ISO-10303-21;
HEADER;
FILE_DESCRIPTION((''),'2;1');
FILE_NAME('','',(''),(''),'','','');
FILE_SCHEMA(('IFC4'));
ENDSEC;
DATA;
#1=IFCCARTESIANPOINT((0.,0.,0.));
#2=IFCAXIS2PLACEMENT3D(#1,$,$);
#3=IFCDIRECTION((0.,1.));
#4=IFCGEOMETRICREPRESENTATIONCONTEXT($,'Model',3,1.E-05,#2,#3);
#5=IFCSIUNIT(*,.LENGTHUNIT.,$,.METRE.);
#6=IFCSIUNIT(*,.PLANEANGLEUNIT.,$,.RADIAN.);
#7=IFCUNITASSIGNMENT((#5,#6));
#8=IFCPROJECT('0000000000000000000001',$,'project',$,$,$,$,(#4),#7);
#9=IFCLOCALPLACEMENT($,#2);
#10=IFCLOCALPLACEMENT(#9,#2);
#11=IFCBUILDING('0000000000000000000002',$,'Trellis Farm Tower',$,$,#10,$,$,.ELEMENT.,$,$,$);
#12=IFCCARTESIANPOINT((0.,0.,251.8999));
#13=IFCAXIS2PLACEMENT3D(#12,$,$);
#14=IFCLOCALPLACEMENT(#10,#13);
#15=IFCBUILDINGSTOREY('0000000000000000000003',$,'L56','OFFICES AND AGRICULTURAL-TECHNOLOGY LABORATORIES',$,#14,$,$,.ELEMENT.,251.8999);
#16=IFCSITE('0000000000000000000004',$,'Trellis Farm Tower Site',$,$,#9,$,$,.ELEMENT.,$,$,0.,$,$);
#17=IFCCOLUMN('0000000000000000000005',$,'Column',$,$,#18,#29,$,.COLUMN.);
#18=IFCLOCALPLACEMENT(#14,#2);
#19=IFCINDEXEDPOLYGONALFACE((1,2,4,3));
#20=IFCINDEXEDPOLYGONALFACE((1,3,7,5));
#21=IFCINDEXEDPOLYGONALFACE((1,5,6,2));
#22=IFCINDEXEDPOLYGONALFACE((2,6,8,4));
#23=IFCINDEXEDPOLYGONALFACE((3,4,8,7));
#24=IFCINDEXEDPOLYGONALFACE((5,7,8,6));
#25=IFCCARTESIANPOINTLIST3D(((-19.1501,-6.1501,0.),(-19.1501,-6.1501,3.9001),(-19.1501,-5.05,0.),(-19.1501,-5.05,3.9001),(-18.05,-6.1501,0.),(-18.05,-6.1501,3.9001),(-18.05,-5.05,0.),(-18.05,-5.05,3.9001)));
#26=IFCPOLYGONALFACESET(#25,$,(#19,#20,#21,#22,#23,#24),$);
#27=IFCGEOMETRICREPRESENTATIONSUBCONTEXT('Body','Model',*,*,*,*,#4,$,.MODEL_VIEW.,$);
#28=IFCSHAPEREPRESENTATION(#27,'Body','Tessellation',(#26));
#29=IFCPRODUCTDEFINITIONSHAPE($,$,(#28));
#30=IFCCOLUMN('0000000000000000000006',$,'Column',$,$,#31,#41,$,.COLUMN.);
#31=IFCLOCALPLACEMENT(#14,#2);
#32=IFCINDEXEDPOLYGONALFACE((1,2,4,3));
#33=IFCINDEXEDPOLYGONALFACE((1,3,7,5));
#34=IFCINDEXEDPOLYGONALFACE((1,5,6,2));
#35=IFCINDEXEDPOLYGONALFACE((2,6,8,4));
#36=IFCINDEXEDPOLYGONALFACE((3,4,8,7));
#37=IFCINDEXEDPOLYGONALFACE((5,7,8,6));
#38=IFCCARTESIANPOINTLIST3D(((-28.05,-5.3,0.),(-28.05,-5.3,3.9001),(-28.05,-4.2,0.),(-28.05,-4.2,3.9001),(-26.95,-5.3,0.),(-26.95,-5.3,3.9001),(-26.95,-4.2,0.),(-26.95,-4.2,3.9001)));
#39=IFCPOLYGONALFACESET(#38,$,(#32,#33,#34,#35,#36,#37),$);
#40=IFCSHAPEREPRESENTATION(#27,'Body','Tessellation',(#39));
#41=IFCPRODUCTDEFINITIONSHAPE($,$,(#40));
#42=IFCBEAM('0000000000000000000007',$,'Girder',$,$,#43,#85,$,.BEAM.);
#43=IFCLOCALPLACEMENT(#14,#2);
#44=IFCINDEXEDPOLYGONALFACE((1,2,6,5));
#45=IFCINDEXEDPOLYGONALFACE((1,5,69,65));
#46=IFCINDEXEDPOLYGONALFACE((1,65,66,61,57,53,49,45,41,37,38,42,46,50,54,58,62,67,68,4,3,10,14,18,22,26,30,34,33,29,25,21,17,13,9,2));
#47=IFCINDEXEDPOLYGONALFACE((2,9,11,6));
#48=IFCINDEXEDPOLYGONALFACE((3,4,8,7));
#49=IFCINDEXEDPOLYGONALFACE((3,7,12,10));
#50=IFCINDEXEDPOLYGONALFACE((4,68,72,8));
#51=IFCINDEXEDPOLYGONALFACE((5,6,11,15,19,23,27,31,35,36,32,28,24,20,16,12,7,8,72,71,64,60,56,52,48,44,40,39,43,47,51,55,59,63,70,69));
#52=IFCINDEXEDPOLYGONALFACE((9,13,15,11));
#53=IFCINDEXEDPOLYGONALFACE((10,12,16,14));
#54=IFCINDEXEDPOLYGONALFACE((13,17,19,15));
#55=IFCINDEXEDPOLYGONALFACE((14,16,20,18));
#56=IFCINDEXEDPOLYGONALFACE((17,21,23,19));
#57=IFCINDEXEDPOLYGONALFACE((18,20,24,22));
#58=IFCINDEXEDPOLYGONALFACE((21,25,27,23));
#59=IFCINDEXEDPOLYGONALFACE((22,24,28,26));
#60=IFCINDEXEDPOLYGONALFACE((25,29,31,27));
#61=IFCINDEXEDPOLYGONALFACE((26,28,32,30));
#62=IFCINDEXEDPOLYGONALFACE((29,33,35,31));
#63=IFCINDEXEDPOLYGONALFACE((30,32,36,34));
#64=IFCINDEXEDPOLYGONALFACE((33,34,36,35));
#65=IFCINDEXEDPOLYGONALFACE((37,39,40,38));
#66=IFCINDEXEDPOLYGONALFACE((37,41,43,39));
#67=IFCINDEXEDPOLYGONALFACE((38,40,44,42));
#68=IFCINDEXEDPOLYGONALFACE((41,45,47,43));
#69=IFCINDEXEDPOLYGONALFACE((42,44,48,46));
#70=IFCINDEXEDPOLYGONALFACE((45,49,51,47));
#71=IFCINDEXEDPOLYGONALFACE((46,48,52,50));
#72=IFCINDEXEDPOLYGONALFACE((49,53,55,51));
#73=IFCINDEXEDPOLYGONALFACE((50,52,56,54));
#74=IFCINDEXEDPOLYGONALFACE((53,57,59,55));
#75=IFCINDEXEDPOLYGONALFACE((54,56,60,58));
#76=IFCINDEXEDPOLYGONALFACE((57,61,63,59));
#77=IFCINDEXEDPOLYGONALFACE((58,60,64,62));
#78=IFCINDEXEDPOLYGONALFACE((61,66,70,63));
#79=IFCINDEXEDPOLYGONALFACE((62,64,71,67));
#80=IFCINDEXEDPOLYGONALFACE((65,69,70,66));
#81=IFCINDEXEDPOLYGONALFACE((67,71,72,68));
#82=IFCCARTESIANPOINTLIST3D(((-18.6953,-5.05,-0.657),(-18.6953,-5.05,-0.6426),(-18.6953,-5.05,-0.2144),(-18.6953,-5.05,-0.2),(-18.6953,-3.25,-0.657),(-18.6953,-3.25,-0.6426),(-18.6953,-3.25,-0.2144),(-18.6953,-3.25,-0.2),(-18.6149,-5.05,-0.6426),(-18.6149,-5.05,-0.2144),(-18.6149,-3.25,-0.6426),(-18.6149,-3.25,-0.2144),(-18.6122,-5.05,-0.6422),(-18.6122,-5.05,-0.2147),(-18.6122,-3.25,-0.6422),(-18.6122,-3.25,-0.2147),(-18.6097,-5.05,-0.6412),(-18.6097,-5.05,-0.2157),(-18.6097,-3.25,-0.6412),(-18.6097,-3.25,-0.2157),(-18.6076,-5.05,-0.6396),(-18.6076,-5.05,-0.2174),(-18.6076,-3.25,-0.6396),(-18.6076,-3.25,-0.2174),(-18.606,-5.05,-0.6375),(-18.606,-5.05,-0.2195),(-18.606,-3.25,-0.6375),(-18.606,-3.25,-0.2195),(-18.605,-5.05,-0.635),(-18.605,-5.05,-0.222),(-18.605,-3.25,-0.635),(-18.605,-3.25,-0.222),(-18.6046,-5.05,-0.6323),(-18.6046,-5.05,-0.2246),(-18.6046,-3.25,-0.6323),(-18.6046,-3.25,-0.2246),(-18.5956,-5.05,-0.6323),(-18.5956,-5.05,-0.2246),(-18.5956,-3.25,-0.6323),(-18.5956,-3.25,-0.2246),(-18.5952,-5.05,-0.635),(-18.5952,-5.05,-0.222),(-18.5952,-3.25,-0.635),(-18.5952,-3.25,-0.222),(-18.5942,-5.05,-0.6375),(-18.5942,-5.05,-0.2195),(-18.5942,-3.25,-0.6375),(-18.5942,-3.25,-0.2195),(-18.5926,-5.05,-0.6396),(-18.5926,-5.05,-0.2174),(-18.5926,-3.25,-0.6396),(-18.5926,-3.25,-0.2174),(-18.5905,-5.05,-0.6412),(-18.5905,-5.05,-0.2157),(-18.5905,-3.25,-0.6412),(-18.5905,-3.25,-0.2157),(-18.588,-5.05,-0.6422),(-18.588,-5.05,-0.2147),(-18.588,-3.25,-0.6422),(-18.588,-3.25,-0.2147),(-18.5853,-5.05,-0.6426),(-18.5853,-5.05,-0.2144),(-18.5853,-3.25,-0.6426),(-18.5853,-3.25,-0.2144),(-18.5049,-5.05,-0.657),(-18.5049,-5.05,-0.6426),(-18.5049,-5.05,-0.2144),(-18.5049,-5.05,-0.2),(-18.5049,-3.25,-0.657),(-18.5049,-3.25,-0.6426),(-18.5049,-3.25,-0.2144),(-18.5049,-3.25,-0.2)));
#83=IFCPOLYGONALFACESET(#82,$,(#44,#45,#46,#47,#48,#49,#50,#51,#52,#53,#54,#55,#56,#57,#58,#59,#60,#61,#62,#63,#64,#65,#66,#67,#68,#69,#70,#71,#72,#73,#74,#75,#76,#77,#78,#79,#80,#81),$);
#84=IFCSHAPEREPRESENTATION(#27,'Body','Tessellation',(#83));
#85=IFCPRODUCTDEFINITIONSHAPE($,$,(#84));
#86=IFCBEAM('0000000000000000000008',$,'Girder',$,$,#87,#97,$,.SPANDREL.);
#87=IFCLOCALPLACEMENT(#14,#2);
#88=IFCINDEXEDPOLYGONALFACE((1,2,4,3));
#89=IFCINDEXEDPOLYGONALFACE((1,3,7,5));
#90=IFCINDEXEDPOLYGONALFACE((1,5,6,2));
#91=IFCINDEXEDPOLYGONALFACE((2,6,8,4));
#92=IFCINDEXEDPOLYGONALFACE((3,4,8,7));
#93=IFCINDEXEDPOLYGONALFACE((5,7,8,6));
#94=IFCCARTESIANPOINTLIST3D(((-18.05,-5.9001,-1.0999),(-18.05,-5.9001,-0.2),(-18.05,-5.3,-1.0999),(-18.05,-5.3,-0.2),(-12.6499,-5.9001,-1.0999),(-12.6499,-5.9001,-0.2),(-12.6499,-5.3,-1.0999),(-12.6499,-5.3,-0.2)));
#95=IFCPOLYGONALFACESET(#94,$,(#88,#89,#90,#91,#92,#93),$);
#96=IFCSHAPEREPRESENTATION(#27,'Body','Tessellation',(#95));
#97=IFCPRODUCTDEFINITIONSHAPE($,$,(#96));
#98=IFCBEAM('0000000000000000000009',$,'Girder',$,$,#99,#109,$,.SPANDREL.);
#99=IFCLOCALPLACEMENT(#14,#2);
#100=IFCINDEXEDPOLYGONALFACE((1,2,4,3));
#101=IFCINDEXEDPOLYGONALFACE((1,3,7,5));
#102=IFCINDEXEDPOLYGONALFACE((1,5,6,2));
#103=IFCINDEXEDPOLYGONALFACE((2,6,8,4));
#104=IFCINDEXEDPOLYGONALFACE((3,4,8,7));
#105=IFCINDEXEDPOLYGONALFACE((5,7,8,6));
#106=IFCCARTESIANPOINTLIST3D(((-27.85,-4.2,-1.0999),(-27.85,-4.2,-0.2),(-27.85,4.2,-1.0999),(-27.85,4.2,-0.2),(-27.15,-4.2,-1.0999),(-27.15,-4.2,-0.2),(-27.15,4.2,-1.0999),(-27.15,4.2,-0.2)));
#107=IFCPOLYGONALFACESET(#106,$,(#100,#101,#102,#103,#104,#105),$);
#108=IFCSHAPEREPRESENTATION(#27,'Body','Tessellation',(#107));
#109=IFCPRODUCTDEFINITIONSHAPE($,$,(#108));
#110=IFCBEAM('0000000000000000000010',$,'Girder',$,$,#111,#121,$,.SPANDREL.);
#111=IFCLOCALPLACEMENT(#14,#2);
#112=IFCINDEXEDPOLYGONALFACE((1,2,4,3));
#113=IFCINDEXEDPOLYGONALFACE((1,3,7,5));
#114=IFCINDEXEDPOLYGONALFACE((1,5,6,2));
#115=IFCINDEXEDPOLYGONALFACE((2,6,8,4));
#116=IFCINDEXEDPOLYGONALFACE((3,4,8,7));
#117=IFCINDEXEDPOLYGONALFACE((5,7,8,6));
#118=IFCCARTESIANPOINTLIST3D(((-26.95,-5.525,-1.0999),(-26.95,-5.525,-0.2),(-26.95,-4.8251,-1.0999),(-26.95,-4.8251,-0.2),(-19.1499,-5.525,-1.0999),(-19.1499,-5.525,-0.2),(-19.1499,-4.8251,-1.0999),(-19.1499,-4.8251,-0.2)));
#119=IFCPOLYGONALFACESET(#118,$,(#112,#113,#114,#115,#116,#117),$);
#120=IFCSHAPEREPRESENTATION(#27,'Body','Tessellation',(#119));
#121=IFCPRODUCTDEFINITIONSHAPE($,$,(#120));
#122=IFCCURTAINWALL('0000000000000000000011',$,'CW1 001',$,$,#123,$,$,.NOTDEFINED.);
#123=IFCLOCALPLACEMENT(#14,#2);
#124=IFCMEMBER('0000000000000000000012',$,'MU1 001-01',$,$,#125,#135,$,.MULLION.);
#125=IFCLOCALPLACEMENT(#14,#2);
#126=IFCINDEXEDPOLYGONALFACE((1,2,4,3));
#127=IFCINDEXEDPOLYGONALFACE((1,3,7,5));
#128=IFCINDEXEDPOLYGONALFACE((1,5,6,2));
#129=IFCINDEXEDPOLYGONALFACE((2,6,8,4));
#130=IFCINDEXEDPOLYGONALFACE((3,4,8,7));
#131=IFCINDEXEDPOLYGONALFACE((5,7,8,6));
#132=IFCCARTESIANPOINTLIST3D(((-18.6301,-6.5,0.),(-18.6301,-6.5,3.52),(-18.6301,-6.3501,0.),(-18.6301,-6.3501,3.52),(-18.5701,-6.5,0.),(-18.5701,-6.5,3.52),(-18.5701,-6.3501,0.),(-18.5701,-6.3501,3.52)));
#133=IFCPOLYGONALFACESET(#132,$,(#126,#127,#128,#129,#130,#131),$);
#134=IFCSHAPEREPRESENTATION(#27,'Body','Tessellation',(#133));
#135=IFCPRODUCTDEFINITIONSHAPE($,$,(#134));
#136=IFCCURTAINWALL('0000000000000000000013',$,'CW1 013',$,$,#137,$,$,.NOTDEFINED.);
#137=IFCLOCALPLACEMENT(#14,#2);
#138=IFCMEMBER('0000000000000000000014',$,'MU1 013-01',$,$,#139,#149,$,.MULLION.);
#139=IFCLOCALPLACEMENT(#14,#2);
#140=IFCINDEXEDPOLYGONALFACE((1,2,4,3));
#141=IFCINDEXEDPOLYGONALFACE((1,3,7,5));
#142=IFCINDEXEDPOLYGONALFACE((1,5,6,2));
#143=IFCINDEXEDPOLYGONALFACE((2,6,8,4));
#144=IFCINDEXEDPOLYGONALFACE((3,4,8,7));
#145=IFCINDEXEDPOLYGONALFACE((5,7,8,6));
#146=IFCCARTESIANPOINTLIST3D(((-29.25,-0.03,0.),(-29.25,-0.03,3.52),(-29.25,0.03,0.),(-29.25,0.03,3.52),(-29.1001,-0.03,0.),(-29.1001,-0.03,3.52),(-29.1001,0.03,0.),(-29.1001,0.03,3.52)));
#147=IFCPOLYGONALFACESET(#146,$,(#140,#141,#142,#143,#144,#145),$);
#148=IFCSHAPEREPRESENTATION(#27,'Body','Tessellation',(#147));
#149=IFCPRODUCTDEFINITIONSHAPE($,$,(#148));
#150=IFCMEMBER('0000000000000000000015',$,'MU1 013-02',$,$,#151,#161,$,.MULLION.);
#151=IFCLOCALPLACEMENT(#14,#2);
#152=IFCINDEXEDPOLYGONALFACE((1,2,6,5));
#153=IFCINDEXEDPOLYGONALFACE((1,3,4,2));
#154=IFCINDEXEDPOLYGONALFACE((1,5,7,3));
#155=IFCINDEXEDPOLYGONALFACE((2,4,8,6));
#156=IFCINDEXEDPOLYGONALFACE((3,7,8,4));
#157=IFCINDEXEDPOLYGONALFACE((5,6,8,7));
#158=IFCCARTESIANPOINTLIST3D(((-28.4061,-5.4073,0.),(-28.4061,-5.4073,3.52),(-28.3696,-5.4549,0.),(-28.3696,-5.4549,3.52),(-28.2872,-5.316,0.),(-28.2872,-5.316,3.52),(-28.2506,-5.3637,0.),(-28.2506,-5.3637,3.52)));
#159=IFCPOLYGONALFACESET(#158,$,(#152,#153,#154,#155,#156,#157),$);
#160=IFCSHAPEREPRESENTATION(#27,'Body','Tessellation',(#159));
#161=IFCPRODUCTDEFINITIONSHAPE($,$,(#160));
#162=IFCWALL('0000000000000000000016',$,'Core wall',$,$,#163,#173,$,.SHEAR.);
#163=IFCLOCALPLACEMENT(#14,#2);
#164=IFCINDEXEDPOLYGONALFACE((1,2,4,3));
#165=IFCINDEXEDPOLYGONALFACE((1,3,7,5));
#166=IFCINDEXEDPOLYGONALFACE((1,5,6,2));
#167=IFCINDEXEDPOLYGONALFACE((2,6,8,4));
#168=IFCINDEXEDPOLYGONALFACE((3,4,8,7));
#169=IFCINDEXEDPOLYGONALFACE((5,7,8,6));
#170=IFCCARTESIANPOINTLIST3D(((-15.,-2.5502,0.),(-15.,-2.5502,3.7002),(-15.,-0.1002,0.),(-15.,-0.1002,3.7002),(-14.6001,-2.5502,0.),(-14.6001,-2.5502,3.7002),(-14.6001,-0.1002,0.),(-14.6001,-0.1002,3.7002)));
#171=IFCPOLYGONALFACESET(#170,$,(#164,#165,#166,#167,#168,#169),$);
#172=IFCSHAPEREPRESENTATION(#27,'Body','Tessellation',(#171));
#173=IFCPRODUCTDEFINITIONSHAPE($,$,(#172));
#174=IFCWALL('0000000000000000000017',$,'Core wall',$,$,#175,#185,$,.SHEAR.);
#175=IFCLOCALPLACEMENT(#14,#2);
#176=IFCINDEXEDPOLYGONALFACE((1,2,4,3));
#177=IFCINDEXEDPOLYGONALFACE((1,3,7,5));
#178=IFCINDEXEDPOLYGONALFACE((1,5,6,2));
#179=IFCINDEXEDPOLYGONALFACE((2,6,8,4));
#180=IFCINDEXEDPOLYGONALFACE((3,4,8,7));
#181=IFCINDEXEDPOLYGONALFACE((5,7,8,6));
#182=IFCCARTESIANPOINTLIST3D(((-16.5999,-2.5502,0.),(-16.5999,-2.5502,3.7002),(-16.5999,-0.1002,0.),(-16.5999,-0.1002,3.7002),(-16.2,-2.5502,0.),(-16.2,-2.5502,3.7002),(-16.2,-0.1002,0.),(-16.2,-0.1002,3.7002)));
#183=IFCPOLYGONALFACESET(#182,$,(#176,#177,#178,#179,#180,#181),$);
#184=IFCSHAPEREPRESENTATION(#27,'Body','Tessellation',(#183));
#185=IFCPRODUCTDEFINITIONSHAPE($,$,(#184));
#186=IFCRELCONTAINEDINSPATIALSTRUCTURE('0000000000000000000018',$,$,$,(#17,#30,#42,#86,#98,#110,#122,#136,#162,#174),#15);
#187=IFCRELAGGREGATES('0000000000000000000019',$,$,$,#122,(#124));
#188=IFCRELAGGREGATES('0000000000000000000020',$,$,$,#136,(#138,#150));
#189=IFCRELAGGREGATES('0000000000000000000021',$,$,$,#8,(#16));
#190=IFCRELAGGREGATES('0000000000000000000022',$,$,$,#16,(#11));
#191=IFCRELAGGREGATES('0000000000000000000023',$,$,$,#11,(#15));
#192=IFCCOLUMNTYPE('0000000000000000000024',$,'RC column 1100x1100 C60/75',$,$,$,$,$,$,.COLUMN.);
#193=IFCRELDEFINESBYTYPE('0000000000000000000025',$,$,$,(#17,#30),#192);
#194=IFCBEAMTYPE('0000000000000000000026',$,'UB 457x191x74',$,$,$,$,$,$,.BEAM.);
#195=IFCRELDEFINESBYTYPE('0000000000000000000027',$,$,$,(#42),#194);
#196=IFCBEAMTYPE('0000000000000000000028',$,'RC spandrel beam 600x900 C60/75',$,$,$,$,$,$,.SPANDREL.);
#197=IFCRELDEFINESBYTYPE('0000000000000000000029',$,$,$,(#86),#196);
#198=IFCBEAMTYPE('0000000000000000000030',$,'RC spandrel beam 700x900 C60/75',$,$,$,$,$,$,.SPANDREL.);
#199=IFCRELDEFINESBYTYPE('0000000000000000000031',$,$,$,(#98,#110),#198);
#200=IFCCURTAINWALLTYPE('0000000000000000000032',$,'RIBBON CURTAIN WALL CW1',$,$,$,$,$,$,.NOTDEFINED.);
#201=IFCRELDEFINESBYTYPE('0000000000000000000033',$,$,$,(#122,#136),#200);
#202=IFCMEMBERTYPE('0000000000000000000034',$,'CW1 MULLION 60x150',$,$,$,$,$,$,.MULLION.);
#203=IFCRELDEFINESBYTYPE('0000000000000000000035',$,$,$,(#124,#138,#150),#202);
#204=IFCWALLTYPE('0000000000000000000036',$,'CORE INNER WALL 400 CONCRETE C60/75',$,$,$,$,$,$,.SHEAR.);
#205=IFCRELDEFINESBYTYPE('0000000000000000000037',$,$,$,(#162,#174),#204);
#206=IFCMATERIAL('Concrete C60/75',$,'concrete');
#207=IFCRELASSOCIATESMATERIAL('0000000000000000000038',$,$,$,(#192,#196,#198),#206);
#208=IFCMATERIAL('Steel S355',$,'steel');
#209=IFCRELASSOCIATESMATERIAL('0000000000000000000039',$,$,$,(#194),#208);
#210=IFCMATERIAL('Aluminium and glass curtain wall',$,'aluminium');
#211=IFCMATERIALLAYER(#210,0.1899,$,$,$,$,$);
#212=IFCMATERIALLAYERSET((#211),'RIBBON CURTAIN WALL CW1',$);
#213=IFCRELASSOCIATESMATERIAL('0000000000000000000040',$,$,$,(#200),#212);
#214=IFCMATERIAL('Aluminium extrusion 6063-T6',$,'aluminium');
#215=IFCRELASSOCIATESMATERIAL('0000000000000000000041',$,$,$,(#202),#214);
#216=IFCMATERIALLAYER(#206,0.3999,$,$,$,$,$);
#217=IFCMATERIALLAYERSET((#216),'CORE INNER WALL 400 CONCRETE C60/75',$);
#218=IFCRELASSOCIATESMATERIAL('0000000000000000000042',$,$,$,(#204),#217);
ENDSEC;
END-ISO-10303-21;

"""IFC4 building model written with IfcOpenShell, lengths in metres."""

from ifc_helpers import new_model, si_unit, direction, frame, frame_2d, origin, origin_2d, place, context, subcontext, project, spatial, rectangle, i_section, extrude, source, transform, mapped, material, layer, layer_set, material_profile, profile_set, type_object, element, aggregate, save


model = new_model("IFC4")

# Units and contexts
model_context = context("Model", 3, precision=1e-05, world=origin(), true_north=direction((0.0, 1.0)))
body_context = subcontext(model_context, "Body", "Model", "MODEL_VIEW")
ifc_project = project(units=[si_unit("LENGTHUNIT", "METRE"), si_unit("PLANEANGLEUNIT", "RADIAN")], contexts=[model_context])

# Site, building, storey
site_placement = place(None, origin())
site = spatial("IfcSite", under=ifc_project, at=site_placement, Name="Trellis Farm Tower Site", CompositionType="ELEMENT", RefElevation=0.0)
building_placement = place(site_placement, origin())
building = spatial("IfcBuilding", under=site, at=building_placement, Name="Trellis Farm Tower", CompositionType="ELEMENT")
storey_placement = place(building_placement, frame((0.0, 0.0, 251.8999)))
storey = spatial("IfcBuildingStorey", under=building, at=storey_placement, Name="L56", Description="OFFICES AND AGRICULTURAL-TECHNOLOGY LABORATORIES", CompositionType="ELEMENT", Elevation=251.8999)

# Columns
ifc_material_1 = material(Name="Concrete C60/75", Category="concrete")
ifc_material_profile_1 = material_profile(ifc_material_1, rectangle(XDim=1.1001, YDim=1.1001, at=origin_2d()), Name="RC column 1100x1100 C60/75")
ifc_profile_set_1 = profile_set([ifc_material_profile_1], Name="Concrete C60/75")
column_type = type_object("IfcColumnType", Name="RC column 1100x1100 C60/75", PredefinedType="COLUMN", material=ifc_profile_set_1)
shared_shape_1 = source(origin(), body_context, "Body", "SweptSolid", [
    extrude(rectangle(XDim=1.1001, YDim=1.1001, at=origin_2d()), origin(), (0.0, 0.0, 1.0), 3.9001),
])
for number, where, z_axis, x_axis, name in (
    (1, (-18.6001, -5.6001, 0.0), (0.0, 0.0, 1.0), (1.0, 0.0, 0.0), "Column"),
    (2, (-27.5, -4.75, 0.0), (0.0, 0.0, 1.0), (1.0, 0.0, 0.0), "Column"),
):
    element("IfcColumn", number, at=place(storey_placement, frame(where, z_axis=z_axis, x_axis=x_axis)), inside=storey, type_object=column_type, Name=name, PredefinedType="COLUMN", context=body_context, shape_type="MappedRepresentation", body=[
        mapped(shared_shape_1, transform((0.0, 0.0, 0.0))),
    ])

# Beams
ifc_material_2 = material(Name="Steel S355", Category="steel")
ifc_material_profile_2 = material_profile(ifc_material_2, i_section(OverallWidth=0.1904, OverallDepth=0.457, WebThickness=0.009, FlangeThickness=0.0144, FilletRadius=0.0103, at=origin_2d()), Name="UB 457x191x74")
ifc_profile_set_2 = profile_set([ifc_material_profile_2], Name="Steel S355")
beam_type_1 = type_object("IfcBeamType", Name="UB 457x191x74", PredefinedType="BEAM", material=ifc_profile_set_2)
shared_shape_2 = source(origin(), body_context, "Body", "SweptSolid", [
    extrude(i_section(OverallWidth=0.1904, OverallDepth=0.457, WebThickness=0.009, FlangeThickness=0.0144, FilletRadius=0.0103, at=origin_2d()), origin(), (0.0, 0.0, 1.0), 1.8),
])
beam_1_placement = place(storey_placement, frame((-18.6001, -5.05, -0.4285), z_axis=(0.0, 1.0, 0.0), x_axis=(-1.0, 0.0, 0.0)))
element("IfcBeam", 3, at=beam_1_placement, inside=storey, type_object=beam_type_1, Name="Girder", PredefinedType="BEAM", context=body_context, shape_type="MappedRepresentation", body=[
    mapped(shared_shape_2, transform((0.0, 0.0, 0.0))),
])
ifc_material_profile_3 = material_profile(ifc_material_1, rectangle(XDim=0.6001, YDim=0.8999, at=origin_2d()), Name="RC spandrel beam 600x900 C60/75")
ifc_profile_set_3 = profile_set([ifc_material_profile_3], Name="Concrete C60/75")
beam_type_2 = type_object("IfcBeamType", Name="RC spandrel beam 600x900 C60/75", PredefinedType="SPANDREL", material=ifc_profile_set_3)
shared_shape_3 = source(origin(), body_context, "Body", "SweptSolid", [
    extrude(rectangle(XDim=0.6001, YDim=0.8999, at=origin_2d()), origin(), (0.0, 0.0, 1.0), 5.4001),
])
beam_2_placement = place(storey_placement, frame((-18.05, -5.6001, -0.6499), z_axis=(1.0, 0.0, 0.0), x_axis=(0.0, 1.0, 0.0)))
element("IfcBeam", 4, at=beam_2_placement, inside=storey, type_object=beam_type_2, Name="Girder", PredefinedType="SPANDREL", context=body_context, shape_type="MappedRepresentation", body=[
    mapped(shared_shape_3, transform((0.0, 0.0, 0.0))),
])
ifc_material_profile_4 = material_profile(ifc_material_1, rectangle(XDim=0.7, YDim=0.8999, at=origin_2d()), Name="RC spandrel beam 700x900 C60/75")
ifc_profile_set_4 = profile_set([ifc_material_profile_4], Name="Concrete C60/75")
beam_type_3 = type_object("IfcBeamType", Name="RC spandrel beam 700x900 C60/75", PredefinedType="SPANDREL", material=ifc_profile_set_4)
shared_shape_4 = source(origin(), body_context, "Body", "SweptSolid", [
    extrude(rectangle(XDim=0.7, YDim=0.8999, at=origin_2d()), origin(), (0.0, 0.0, 1.0), 8.3999),
])
beam_3_placement = place(storey_placement, frame((-27.5, -4.2, -0.6499), z_axis=(0.0, 1.0, 0.0), x_axis=(-1.0, 0.0, 0.0)))
element("IfcBeam", 5, at=beam_3_placement, inside=storey, type_object=beam_type_3, Name="Girder", PredefinedType="SPANDREL", context=body_context, shape_type="MappedRepresentation", body=[
    mapped(shared_shape_4, transform((0.0, 0.0, 0.0))),
])
shared_shape_5 = source(origin(), body_context, "Body", "SweptSolid", [
    extrude(rectangle(XDim=0.7, YDim=0.8999, at=origin_2d()), origin(), (0.0, 0.0, 1.0), 7.8),
])
beam_4_placement = place(storey_placement, frame((-26.95, -5.175, -0.6499), z_axis=(1.0, 0.0, 0.0), x_axis=(0.0, 1.0, 0.0)))
element("IfcBeam", 6, at=beam_4_placement, inside=storey, type_object=beam_type_3, Name="Girder", PredefinedType="SPANDREL", context=body_context, shape_type="MappedRepresentation", body=[
    mapped(shared_shape_5, transform((0.0, 0.0, 0.0))),
])

# Curtain wall, member
ifc_material_3 = material(Name="Aluminium and glass curtain wall", Category="aluminium")
ifc_layer_1 = layer(ifc_material_3, 0.1899)
ifc_layer_set_1 = layer_set([ifc_layer_1], Name="RIBBON CURTAIN WALL CW1")
curtain_wall_type = type_object("IfcCurtainWallType", Name="RIBBON CURTAIN WALL CW1", PredefinedType="NOTDEFINED", material=ifc_layer_set_1)
placement = place(storey_placement, origin())
curtain_wall_1 = element("IfcCurtainWall", 7, at=placement, inside=storey, type_object=curtain_wall_type, Name="CW1 001", PredefinedType="NOTDEFINED")
ifc_material_4 = material(Name="Aluminium extrusion 6063-T6", Category="aluminium")
ifc_material_profile_5 = material_profile(ifc_material_4, rectangle(XDim=0.0601, YDim=0.1499, at=origin_2d()), Name="MULLION 60x150")
ifc_profile_set_5 = profile_set([ifc_material_profile_5], Name="Aluminium extrusion 6063-T6")
member_type = type_object("IfcMemberType", Name="CW1 MULLION 60x150", PredefinedType="MULLION", material=ifc_profile_set_5)
shared_shape_6 = source(origin(), body_context, "Body", "SweptSolid", [
    extrude(rectangle(XDim=0.0601, YDim=0.1499, at=origin_2d()), origin(), (0.0, 0.0, 1.0), 3.52),
])
member_1_placement = place(storey_placement, frame((-18.6001, -6.425, 0.0), z_axis=(0.0, 0.0, 1.0), x_axis=(1.0, 0.0, 0.0)))
member_1 = element("IfcMember", 8, at=member_1_placement, type_object=member_type, Name="MU1 001-01", PredefinedType="MULLION", context=body_context, shape_type="MappedRepresentation", body=[
    mapped(shared_shape_6, transform((0.0, 0.0, 0.0))),
])
aggregate(curtain_wall_1, [member_1])

# Curtain wall, members
curtain_wall_2 = element("IfcCurtainWall", 9, at=placement, inside=storey, type_object=curtain_wall_type, Name="CW1 013", PredefinedType="NOTDEFINED")
member_2_placement = place(storey_placement, frame((-29.175, 0.0, 0.0), z_axis=(0.0, 0.0, 1.0), x_axis=(0.0, -1.0, 0.0)))
member_2 = element("IfcMember", 10, at=member_2_placement, type_object=member_type, Name="MU1 013-01", PredefinedType="MULLION", context=body_context, shape_type="MappedRepresentation", body=[
    mapped(shared_shape_6, transform((0.0, 0.0, 0.0))),
])
member_3_placement = place(storey_placement, frame((-28.3284, -5.3855, 0.0), z_axis=(0.0, 0.0, 1.0), x_axis=(0.608761, -0.793353, 0.0)))
member_3 = element("IfcMember", 11, at=member_3_placement, type_object=member_type, Name="MU1 013-02", PredefinedType="MULLION", context=body_context, shape_type="MappedRepresentation", body=[
    mapped(shared_shape_6, transform((0.0, 0.0, 0.0))),
])
aggregate(curtain_wall_2, [member_2, member_3])

# Walls
ifc_layer_2 = layer(ifc_material_1, 0.3999)
ifc_layer_set_2 = layer_set([ifc_layer_2], Name="CORE INNER WALL 400 CONCRETE C60/75")
wall_type_1 = type_object("IfcWallType", Name="CORE INNER WALL 400 CONCRETE C60/75", PredefinedType="SHEAR", material=ifc_layer_set_2)
shared_shape_7 = source(origin(), body_context, "Body", "SweptSolid", [
    extrude(rectangle(XDim=2.45, YDim=0.3999, at=frame_2d((1.2251, 0.0))), origin(), (0.0, 0.0, 1.0), 3.7002),
])
for number, where, z_axis, x_axis, name in (
    (12, (-14.8, -0.1001, 0.0), (0.0, 0.0, 1.0), (0.0, -1.0, 0.0), "Core wall"),
    (13, (-16.3999, -0.1001, 0.0), (0.0, 0.0, 1.0), (0.0, -1.0, 0.0), "Core wall"),
):
    element("IfcWall", number, at=place(storey_placement, frame(where, z_axis=z_axis, x_axis=x_axis)), inside=storey, type_object=wall_type_1, Name=name, PredefinedType="SHEAR", context=body_context, shape_type="MappedRepresentation", body=[
        mapped(shared_shape_7, transform((0.0, 0.0, 0.0))),
    ])

save(model, "model.ifc")
